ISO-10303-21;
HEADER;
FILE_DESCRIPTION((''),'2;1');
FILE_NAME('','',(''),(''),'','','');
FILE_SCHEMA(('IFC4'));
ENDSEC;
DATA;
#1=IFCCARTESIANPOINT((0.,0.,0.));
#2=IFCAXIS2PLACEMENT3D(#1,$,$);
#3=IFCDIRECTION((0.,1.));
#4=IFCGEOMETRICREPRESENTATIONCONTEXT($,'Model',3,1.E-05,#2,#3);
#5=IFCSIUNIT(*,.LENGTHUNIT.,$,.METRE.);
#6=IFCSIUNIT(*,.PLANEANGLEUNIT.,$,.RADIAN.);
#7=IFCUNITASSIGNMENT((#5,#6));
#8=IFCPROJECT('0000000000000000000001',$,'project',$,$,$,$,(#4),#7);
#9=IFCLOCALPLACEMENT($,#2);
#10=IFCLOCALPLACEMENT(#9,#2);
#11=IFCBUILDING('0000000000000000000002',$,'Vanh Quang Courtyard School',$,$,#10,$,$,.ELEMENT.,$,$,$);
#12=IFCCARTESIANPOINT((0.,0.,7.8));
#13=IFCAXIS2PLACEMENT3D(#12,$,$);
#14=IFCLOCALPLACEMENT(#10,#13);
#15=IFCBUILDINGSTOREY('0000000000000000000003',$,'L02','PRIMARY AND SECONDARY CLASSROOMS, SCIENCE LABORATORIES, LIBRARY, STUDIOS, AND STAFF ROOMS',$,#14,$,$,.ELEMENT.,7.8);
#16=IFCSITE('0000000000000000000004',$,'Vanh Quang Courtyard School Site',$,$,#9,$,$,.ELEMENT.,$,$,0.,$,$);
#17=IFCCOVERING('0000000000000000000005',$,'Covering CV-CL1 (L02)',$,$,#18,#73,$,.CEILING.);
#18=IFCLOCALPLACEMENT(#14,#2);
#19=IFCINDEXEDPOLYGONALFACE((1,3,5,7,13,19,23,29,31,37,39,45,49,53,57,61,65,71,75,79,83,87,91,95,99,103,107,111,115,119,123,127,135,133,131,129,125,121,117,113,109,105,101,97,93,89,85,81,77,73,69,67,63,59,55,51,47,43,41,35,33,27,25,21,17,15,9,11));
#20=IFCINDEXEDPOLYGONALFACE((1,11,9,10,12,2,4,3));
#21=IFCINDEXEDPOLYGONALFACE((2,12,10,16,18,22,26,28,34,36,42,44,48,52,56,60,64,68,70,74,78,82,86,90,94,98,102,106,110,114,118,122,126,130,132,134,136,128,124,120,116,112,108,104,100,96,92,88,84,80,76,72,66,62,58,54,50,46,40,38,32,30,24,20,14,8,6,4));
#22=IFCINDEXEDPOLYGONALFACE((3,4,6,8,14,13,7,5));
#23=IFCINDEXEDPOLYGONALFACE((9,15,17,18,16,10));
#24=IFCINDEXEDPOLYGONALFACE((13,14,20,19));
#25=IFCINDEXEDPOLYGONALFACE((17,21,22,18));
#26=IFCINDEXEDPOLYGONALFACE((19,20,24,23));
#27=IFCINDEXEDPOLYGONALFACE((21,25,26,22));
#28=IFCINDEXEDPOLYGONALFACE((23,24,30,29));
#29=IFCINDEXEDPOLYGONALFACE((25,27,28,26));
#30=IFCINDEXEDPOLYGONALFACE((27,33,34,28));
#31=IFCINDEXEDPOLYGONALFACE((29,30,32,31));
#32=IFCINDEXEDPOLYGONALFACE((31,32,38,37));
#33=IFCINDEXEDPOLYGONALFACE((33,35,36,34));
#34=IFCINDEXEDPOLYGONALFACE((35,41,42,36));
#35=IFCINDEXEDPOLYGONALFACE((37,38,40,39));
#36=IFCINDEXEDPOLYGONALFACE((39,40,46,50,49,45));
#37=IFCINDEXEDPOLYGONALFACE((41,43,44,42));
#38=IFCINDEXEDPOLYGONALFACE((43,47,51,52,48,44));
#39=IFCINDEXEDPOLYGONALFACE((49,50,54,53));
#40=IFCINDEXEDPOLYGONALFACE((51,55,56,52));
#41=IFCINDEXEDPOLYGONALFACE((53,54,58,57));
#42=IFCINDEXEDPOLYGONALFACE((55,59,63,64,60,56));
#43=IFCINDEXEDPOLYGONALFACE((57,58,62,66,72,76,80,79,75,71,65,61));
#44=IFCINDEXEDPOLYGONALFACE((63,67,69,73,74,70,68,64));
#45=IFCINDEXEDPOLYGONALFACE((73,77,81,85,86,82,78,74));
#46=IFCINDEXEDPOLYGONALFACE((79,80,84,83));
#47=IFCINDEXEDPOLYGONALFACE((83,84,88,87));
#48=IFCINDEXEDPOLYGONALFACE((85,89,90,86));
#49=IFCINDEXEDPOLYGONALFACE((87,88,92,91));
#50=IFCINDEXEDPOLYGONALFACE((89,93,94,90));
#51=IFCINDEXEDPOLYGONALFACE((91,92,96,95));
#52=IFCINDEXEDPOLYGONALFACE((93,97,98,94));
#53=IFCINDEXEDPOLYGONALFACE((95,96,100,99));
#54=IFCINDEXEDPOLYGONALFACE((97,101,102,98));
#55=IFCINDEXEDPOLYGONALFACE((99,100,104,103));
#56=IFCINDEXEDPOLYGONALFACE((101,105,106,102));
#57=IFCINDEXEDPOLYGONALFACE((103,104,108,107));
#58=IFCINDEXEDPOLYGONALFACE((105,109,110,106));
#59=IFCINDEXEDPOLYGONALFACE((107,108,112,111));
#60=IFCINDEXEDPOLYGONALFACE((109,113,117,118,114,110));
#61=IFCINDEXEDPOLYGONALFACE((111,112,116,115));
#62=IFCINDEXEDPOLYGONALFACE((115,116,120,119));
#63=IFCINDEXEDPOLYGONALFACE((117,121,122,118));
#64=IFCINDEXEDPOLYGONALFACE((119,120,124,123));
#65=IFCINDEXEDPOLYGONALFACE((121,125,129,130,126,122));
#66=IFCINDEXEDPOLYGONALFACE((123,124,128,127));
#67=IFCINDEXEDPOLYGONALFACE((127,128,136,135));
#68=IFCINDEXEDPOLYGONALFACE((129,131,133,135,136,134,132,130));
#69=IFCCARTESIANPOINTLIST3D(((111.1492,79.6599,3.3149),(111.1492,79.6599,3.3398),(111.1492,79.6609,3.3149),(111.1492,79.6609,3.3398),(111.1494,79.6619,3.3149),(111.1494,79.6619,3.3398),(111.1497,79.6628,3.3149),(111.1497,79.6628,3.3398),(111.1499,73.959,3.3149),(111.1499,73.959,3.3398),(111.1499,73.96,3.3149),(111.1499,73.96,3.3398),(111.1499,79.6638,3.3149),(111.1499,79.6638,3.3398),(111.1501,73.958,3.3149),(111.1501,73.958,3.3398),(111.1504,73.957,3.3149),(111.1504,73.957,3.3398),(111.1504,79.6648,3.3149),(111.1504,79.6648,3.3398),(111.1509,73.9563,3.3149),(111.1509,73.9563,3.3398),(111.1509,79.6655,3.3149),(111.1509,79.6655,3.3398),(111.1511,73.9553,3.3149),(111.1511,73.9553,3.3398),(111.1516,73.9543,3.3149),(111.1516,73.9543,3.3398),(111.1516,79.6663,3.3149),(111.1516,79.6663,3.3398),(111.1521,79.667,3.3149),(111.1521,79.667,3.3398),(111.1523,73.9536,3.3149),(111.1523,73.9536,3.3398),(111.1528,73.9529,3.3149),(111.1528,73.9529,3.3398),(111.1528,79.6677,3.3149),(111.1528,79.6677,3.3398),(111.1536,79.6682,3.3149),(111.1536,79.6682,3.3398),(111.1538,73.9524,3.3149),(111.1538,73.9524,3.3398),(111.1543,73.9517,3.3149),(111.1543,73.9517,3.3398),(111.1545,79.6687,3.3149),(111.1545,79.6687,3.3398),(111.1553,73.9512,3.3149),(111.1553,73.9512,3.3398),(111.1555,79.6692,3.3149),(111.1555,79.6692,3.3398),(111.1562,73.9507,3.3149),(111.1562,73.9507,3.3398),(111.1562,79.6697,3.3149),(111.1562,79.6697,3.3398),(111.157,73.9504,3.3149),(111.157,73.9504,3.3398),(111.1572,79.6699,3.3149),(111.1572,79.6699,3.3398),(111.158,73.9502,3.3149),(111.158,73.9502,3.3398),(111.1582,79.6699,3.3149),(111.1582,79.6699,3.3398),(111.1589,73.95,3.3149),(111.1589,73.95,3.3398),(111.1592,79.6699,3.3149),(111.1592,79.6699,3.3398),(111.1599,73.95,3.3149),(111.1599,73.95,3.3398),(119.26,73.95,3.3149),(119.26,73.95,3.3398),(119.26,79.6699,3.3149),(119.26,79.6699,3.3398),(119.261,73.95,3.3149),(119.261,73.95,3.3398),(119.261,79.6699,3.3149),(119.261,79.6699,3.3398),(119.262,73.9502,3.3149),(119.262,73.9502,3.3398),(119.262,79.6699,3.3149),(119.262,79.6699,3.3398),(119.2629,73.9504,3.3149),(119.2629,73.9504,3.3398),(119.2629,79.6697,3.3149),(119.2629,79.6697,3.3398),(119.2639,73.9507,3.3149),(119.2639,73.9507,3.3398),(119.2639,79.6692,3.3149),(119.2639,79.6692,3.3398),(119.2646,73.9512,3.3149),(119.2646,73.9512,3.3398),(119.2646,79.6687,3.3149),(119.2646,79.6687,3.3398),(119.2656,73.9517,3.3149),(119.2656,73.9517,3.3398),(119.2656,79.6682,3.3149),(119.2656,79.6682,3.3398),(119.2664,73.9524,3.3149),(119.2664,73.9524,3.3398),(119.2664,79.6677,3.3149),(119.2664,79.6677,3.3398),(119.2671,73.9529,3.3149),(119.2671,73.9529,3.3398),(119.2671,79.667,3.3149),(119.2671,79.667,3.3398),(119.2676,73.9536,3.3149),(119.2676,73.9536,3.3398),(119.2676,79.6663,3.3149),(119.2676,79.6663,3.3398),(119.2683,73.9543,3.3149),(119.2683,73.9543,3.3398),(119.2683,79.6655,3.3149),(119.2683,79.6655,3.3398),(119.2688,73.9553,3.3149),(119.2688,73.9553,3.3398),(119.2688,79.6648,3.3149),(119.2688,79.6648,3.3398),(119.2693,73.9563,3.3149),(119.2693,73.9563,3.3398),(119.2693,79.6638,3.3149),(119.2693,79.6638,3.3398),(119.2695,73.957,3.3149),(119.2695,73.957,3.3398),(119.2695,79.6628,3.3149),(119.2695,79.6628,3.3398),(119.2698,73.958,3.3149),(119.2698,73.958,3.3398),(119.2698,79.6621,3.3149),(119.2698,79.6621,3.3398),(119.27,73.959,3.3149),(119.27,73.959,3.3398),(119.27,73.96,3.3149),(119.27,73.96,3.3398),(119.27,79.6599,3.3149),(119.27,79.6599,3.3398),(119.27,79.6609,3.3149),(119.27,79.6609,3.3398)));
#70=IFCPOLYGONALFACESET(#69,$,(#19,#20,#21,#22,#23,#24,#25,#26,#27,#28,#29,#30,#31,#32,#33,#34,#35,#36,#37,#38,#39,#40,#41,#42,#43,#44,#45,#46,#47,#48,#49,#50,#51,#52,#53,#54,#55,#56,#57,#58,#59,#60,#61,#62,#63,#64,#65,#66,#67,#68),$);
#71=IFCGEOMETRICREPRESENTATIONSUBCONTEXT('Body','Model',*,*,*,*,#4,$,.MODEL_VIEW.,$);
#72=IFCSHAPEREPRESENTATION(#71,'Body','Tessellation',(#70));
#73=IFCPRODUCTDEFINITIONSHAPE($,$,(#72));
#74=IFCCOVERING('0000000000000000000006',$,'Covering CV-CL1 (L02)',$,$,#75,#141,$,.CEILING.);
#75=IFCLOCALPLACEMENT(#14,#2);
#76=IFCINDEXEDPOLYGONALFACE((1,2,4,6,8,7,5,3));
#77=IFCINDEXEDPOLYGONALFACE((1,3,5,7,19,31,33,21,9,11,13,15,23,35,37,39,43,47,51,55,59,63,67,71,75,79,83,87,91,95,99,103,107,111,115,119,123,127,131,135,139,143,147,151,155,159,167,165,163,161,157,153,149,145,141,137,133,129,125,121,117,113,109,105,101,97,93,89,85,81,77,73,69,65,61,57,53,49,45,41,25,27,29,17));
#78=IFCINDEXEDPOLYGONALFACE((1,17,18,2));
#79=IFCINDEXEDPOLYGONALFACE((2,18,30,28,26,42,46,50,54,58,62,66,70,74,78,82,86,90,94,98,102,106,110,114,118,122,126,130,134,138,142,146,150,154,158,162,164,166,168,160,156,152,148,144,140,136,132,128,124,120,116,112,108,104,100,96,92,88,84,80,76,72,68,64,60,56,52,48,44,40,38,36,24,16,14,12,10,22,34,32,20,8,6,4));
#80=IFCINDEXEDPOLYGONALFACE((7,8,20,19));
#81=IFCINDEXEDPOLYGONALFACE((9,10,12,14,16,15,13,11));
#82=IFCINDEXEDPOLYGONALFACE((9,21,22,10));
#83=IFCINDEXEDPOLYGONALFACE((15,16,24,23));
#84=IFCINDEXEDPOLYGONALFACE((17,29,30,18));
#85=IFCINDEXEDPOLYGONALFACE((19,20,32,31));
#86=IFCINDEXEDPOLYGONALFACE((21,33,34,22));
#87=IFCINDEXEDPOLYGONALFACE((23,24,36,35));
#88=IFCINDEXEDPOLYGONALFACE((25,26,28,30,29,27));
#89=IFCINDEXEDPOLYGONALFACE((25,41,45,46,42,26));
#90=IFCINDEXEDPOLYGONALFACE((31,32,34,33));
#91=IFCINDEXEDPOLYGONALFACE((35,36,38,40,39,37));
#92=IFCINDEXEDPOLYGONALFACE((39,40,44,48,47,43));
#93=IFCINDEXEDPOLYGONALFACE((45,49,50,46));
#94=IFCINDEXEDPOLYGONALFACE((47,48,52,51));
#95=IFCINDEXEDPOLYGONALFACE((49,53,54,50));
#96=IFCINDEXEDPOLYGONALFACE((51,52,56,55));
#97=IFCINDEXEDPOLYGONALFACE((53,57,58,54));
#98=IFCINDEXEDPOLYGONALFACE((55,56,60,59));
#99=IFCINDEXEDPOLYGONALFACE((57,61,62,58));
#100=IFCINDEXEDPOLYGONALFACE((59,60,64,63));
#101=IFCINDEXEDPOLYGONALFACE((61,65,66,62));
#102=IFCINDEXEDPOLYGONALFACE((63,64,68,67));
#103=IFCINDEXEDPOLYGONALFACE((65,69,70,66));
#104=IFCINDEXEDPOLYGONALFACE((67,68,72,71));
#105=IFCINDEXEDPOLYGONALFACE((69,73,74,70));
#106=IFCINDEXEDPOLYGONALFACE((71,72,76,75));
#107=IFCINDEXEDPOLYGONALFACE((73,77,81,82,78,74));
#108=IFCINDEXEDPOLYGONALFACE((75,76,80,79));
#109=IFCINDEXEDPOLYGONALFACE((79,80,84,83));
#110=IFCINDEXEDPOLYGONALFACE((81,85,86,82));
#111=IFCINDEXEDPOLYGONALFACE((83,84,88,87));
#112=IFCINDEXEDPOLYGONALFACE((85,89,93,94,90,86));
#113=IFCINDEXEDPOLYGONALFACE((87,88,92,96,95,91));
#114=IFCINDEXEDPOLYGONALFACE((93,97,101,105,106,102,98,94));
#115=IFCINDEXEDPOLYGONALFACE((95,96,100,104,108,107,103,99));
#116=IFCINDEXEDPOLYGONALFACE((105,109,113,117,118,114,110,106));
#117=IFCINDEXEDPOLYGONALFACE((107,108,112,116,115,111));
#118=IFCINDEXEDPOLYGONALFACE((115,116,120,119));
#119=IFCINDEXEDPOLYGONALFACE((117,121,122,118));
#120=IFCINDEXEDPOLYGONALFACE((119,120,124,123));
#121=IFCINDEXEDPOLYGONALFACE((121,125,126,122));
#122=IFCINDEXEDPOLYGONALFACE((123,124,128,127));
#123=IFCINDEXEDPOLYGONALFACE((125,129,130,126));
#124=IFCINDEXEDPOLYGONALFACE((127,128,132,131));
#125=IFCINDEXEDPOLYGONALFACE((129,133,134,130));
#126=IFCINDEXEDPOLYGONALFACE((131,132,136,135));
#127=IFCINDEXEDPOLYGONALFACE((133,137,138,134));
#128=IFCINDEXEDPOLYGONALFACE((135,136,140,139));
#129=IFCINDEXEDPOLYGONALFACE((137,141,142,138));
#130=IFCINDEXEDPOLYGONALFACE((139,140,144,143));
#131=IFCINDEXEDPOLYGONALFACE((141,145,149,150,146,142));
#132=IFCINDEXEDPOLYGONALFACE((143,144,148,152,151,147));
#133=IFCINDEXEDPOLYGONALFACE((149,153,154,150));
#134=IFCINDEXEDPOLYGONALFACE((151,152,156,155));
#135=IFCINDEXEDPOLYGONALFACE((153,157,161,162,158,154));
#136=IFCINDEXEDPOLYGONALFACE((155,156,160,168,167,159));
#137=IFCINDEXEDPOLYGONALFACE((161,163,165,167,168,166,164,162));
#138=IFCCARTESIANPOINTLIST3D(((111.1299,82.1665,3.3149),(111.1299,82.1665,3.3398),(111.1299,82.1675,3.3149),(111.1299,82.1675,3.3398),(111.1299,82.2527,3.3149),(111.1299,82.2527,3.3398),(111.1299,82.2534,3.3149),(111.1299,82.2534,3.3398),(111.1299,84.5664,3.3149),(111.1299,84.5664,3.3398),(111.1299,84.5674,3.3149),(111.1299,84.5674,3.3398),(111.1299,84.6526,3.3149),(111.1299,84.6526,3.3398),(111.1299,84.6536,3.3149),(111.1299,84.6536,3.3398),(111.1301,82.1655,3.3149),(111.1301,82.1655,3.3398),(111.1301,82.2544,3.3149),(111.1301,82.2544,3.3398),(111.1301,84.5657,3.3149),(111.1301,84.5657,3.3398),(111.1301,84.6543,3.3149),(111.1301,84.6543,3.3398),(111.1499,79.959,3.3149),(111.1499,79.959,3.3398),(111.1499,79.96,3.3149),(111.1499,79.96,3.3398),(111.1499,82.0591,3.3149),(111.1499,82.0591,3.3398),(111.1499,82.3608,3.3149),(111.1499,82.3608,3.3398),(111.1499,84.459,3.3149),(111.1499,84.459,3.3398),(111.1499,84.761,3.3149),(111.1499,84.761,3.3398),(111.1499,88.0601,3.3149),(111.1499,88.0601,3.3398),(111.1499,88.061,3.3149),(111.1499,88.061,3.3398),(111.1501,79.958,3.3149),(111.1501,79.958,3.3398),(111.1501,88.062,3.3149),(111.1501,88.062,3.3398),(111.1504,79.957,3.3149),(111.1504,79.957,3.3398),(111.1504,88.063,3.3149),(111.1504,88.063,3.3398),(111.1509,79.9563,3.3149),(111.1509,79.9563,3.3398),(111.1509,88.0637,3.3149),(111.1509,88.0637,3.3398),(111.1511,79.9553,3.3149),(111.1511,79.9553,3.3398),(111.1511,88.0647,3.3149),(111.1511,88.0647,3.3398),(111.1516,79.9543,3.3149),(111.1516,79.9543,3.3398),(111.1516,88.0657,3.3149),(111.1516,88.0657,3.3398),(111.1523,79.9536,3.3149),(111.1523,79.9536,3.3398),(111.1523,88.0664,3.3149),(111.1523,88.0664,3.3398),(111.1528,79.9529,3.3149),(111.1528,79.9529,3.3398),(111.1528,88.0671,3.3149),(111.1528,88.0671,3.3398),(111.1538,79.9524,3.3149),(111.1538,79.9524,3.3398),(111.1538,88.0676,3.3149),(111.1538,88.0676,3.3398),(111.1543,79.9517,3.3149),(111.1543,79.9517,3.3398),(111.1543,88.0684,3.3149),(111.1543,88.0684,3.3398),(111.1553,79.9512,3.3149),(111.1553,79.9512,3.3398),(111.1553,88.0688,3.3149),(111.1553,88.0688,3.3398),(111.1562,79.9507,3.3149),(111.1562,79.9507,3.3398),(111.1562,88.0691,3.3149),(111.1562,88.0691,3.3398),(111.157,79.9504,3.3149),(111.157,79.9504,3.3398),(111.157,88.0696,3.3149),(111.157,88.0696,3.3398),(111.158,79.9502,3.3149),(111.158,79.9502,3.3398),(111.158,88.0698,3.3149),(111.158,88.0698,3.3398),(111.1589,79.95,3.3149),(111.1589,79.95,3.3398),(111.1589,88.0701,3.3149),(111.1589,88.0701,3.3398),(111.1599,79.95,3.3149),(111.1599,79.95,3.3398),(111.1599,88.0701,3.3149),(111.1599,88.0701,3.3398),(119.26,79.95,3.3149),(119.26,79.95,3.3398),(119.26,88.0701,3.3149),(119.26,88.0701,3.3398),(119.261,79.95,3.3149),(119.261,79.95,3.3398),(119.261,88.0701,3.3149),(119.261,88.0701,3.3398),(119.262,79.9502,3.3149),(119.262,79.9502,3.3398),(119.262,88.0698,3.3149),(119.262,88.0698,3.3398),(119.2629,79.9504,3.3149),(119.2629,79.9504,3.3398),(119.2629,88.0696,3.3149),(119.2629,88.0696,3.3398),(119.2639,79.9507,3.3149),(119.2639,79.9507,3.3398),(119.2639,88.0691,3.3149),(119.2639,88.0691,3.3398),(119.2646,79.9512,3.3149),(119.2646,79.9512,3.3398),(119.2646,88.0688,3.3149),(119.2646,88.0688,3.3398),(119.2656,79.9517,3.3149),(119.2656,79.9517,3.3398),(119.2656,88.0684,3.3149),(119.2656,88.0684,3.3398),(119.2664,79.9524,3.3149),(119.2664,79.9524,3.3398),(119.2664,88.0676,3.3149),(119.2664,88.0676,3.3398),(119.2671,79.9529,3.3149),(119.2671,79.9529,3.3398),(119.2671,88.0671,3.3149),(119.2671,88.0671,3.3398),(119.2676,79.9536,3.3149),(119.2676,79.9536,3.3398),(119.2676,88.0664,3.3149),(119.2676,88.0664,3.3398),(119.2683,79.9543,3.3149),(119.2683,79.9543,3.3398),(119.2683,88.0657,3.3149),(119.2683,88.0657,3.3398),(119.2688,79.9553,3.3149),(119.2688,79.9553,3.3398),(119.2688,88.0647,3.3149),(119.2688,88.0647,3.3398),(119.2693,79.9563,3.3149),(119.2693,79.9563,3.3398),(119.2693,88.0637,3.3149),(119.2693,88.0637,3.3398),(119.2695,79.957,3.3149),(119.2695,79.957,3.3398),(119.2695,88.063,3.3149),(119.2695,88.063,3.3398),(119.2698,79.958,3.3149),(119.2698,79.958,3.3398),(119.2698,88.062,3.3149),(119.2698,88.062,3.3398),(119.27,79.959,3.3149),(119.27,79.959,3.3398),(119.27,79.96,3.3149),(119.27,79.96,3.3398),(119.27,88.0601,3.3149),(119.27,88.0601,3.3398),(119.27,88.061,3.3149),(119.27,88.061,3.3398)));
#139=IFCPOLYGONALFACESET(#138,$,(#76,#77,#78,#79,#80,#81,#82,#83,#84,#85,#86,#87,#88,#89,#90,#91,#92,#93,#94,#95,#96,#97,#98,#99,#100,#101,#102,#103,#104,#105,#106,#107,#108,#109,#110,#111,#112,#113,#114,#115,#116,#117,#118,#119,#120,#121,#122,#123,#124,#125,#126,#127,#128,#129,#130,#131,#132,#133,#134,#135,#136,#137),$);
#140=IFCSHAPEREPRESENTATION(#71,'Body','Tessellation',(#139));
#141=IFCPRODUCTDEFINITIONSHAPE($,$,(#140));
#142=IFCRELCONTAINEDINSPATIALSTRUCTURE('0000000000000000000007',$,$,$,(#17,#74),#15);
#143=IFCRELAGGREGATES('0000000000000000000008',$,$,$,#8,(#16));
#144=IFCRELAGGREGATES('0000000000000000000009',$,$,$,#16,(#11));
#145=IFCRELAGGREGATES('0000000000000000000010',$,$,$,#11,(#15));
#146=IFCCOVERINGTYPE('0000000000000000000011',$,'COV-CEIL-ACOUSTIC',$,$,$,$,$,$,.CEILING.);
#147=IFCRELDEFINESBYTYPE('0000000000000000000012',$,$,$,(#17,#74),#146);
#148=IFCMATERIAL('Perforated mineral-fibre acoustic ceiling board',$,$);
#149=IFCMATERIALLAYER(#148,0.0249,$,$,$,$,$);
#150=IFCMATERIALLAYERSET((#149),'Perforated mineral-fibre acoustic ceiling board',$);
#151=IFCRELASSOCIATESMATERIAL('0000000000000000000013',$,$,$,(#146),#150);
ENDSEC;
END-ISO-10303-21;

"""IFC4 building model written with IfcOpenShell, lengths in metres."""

from ifc_helpers import new_model, si_unit, direction, frame, origin, place, context, subcontext, project, spatial, polyline, outline, extrude, material, layer, layer_set, type_object, element, save


model = new_model("IFC4")

# Units and contexts
model_context = context("Model", 3, precision=1e-05, world=origin(), true_north=direction((0.0, 1.0)))
body_context = subcontext(model_context, "Body", "Model", "MODEL_VIEW")
ifc_project = project(units=[si_unit("LENGTHUNIT", "METRE"), si_unit("PLANEANGLEUNIT", "RADIAN")], contexts=[model_context])

# Site, building, storey
site_placement = place(None, origin())
site = spatial("IfcSite", under=ifc_project, at=site_placement, Name="Vanh Quang Courtyard School Site", CompositionType="ELEMENT", RefElevation=0.0)
building_placement = place(site_placement, origin())
building = spatial("IfcBuilding", under=site, at=building_placement, Name="Vanh Quang Courtyard School", CompositionType="ELEMENT")
storey_placement = place(building_placement, frame((0.0, 0.0, 7.8)))
storey = spatial("IfcBuildingStorey", under=building, at=storey_placement, Name="L02", Description="PRIMARY AND SECONDARY CLASSROOMS, SCIENCE LABORATORIES, LIBRARY, STUDIOS, AND STAFF ROOMS", CompositionType="ELEMENT", Elevation=7.8)

# Coverings
ifc_material_1 = material(Name="Perforated mineral-fibre acoustic ceiling board")
ifc_layer_1 = layer(ifc_material_1, 0.0249)
ifc_layer_set_1 = layer_set([ifc_layer_1], Name="Perforated mineral-fibre acoustic ceiling board")
covering_type_1 = type_object("IfcCoveringType", Name="COV-CEIL-ACOUSTIC", PredefinedType="CEILING", material=ifc_layer_set_1)
covering_1_placement = place(storey_placement, frame((0.0, 0.0, 3.3149)))
element("IfcCovering", 1, at=covering_1_placement, inside=storey, type_object=covering_type_1, Name="Covering CV-CL1 (L02)", PredefinedType="CEILING", context=body_context, shape_type="SweptSolid", body=[
    extrude(outline(polyline([(111.1492, 79.6599), (111.1492, 79.6609), (111.1494, 79.6619), (111.1497, 79.6628), (111.1499, 79.6638), (111.1504, 79.6648), (111.1509, 79.6655), (111.1516, 79.6663), (111.1521, 79.667), (111.1528, 79.6677), (111.1536, 79.6682), (111.1545, 79.6687), (111.1555, 79.6692), (111.1562, 79.6697), (111.1572, 79.6699), (111.1582, 79.6699), (111.1592, 79.6699), (119.26, 79.6699), (119.261, 79.6699), (119.262, 79.6699), (119.2629, 79.6697), (119.2639, 79.6692), (119.2646, 79.6687), (119.2656, 79.6682), (119.2664, 79.6677), (119.2671, 79.667), (119.2676, 79.6663), (119.2683, 79.6655), (119.2688, 79.6648), (119.2693, 79.6638), (119.2695, 79.6628), (119.2698, 79.6621), (119.27, 79.6609), (119.27, 79.6599), (119.27, 73.96), (119.27, 73.959), (119.2698, 73.958), (119.2695, 73.957), (119.2693, 73.9563), (119.2688, 73.9553), (119.2683, 73.9543), (119.2676, 73.9536), (119.2671, 73.9529), (119.2664, 73.9524), (119.2656, 73.9517), (119.2646, 73.9512), (119.2639, 73.9507), (119.2629, 73.9504), (119.262, 73.9502), (119.261, 73.95), (119.26, 73.95), (111.1599, 73.95), (111.1589, 73.95), (111.158, 73.9502), (111.157, 73.9504), (111.1562, 73.9507), (111.1553, 73.9512), (111.1543, 73.9517), (111.1538, 73.9524), (111.1528, 73.9529), (111.1523, 73.9536), (111.1516, 73.9543), (111.1511, 73.9553), (111.1509, 73.9563), (111.1504, 73.957), (111.1501, 73.958), (111.1499, 73.959), (111.1499, 73.96), (111.1492, 79.6599)])), origin(), (0.0, 0.0, 1.0), 0.0249),
])
covering_2_placement = place(storey_placement, frame((0.0, 0.0, 3.3149)))
element("IfcCovering", 2, at=covering_2_placement, inside=storey, type_object=covering_type_1, Name="Covering CV-CL1 (L02)", PredefinedType="CEILING", context=body_context, shape_type="SweptSolid", body=[
    extrude(outline(polyline([(111.1599, 79.95), (111.1589, 79.95), (111.158, 79.9502), (111.157, 79.9504), (111.1562, 79.9507), (111.1553, 79.9512), (111.1543, 79.9517), (111.1538, 79.9524), (111.1528, 79.9529), (111.1523, 79.9536), (111.1516, 79.9543), (111.1511, 79.9553), (111.1509, 79.9563), (111.1504, 79.957), (111.1501, 79.958), (111.1499, 79.959), (111.1499, 79.96), (111.1499, 82.0591), (111.1301, 82.1655), (111.1299, 82.1665), (111.1299, 82.1675), (111.1299, 82.2527), (111.1299, 82.2534), (111.1301, 82.2544), (111.1499, 82.3608), (111.1499, 84.459), (111.1301, 84.5657), (111.1299, 84.5664), (111.1299, 84.5674), (111.1299, 84.6526), (111.1299, 84.6536), (111.1301, 84.6543), (111.1499, 84.761), (111.1499, 88.0601), (111.1499, 88.061), (111.1501, 88.062), (111.1504, 88.063), (111.1509, 88.0637), (111.1511, 88.0647), (111.1516, 88.0657), (111.1523, 88.0664), (111.1528, 88.0671), (111.1538, 88.0676), (111.1543, 88.0684), (111.1553, 88.0688), (111.1562, 88.0691), (111.157, 88.0696), (111.158, 88.0698), (111.1589, 88.0701), (111.1599, 88.0701), (119.26, 88.0701), (119.261, 88.0701), (119.262, 88.0698), (119.2629, 88.0696), (119.2639, 88.0691), (119.2646, 88.0688), (119.2656, 88.0684), (119.2664, 88.0676), (119.2671, 88.0671), (119.2676, 88.0664), (119.2683, 88.0657), (119.2688, 88.0647), (119.2693, 88.0637), (119.2695, 88.063), (119.2698, 88.062), (119.27, 88.061), (119.27, 88.0601), (119.27, 79.96), (119.27, 79.959), (119.2698, 79.958), (119.2695, 79.957), (119.2693, 79.9563), (119.2688, 79.9553), (119.2683, 79.9543), (119.2676, 79.9536), (119.2671, 79.9529), (119.2664, 79.9524), (119.2656, 79.9517), (119.2646, 79.9512), (119.2639, 79.9507), (119.2629, 79.9504), (119.262, 79.9502), (119.261, 79.95), (119.26, 79.95), (111.1599, 79.95)])), origin(), (0.0, 0.0, 1.0), 0.0249),
])

save(model, "model.ifc")
